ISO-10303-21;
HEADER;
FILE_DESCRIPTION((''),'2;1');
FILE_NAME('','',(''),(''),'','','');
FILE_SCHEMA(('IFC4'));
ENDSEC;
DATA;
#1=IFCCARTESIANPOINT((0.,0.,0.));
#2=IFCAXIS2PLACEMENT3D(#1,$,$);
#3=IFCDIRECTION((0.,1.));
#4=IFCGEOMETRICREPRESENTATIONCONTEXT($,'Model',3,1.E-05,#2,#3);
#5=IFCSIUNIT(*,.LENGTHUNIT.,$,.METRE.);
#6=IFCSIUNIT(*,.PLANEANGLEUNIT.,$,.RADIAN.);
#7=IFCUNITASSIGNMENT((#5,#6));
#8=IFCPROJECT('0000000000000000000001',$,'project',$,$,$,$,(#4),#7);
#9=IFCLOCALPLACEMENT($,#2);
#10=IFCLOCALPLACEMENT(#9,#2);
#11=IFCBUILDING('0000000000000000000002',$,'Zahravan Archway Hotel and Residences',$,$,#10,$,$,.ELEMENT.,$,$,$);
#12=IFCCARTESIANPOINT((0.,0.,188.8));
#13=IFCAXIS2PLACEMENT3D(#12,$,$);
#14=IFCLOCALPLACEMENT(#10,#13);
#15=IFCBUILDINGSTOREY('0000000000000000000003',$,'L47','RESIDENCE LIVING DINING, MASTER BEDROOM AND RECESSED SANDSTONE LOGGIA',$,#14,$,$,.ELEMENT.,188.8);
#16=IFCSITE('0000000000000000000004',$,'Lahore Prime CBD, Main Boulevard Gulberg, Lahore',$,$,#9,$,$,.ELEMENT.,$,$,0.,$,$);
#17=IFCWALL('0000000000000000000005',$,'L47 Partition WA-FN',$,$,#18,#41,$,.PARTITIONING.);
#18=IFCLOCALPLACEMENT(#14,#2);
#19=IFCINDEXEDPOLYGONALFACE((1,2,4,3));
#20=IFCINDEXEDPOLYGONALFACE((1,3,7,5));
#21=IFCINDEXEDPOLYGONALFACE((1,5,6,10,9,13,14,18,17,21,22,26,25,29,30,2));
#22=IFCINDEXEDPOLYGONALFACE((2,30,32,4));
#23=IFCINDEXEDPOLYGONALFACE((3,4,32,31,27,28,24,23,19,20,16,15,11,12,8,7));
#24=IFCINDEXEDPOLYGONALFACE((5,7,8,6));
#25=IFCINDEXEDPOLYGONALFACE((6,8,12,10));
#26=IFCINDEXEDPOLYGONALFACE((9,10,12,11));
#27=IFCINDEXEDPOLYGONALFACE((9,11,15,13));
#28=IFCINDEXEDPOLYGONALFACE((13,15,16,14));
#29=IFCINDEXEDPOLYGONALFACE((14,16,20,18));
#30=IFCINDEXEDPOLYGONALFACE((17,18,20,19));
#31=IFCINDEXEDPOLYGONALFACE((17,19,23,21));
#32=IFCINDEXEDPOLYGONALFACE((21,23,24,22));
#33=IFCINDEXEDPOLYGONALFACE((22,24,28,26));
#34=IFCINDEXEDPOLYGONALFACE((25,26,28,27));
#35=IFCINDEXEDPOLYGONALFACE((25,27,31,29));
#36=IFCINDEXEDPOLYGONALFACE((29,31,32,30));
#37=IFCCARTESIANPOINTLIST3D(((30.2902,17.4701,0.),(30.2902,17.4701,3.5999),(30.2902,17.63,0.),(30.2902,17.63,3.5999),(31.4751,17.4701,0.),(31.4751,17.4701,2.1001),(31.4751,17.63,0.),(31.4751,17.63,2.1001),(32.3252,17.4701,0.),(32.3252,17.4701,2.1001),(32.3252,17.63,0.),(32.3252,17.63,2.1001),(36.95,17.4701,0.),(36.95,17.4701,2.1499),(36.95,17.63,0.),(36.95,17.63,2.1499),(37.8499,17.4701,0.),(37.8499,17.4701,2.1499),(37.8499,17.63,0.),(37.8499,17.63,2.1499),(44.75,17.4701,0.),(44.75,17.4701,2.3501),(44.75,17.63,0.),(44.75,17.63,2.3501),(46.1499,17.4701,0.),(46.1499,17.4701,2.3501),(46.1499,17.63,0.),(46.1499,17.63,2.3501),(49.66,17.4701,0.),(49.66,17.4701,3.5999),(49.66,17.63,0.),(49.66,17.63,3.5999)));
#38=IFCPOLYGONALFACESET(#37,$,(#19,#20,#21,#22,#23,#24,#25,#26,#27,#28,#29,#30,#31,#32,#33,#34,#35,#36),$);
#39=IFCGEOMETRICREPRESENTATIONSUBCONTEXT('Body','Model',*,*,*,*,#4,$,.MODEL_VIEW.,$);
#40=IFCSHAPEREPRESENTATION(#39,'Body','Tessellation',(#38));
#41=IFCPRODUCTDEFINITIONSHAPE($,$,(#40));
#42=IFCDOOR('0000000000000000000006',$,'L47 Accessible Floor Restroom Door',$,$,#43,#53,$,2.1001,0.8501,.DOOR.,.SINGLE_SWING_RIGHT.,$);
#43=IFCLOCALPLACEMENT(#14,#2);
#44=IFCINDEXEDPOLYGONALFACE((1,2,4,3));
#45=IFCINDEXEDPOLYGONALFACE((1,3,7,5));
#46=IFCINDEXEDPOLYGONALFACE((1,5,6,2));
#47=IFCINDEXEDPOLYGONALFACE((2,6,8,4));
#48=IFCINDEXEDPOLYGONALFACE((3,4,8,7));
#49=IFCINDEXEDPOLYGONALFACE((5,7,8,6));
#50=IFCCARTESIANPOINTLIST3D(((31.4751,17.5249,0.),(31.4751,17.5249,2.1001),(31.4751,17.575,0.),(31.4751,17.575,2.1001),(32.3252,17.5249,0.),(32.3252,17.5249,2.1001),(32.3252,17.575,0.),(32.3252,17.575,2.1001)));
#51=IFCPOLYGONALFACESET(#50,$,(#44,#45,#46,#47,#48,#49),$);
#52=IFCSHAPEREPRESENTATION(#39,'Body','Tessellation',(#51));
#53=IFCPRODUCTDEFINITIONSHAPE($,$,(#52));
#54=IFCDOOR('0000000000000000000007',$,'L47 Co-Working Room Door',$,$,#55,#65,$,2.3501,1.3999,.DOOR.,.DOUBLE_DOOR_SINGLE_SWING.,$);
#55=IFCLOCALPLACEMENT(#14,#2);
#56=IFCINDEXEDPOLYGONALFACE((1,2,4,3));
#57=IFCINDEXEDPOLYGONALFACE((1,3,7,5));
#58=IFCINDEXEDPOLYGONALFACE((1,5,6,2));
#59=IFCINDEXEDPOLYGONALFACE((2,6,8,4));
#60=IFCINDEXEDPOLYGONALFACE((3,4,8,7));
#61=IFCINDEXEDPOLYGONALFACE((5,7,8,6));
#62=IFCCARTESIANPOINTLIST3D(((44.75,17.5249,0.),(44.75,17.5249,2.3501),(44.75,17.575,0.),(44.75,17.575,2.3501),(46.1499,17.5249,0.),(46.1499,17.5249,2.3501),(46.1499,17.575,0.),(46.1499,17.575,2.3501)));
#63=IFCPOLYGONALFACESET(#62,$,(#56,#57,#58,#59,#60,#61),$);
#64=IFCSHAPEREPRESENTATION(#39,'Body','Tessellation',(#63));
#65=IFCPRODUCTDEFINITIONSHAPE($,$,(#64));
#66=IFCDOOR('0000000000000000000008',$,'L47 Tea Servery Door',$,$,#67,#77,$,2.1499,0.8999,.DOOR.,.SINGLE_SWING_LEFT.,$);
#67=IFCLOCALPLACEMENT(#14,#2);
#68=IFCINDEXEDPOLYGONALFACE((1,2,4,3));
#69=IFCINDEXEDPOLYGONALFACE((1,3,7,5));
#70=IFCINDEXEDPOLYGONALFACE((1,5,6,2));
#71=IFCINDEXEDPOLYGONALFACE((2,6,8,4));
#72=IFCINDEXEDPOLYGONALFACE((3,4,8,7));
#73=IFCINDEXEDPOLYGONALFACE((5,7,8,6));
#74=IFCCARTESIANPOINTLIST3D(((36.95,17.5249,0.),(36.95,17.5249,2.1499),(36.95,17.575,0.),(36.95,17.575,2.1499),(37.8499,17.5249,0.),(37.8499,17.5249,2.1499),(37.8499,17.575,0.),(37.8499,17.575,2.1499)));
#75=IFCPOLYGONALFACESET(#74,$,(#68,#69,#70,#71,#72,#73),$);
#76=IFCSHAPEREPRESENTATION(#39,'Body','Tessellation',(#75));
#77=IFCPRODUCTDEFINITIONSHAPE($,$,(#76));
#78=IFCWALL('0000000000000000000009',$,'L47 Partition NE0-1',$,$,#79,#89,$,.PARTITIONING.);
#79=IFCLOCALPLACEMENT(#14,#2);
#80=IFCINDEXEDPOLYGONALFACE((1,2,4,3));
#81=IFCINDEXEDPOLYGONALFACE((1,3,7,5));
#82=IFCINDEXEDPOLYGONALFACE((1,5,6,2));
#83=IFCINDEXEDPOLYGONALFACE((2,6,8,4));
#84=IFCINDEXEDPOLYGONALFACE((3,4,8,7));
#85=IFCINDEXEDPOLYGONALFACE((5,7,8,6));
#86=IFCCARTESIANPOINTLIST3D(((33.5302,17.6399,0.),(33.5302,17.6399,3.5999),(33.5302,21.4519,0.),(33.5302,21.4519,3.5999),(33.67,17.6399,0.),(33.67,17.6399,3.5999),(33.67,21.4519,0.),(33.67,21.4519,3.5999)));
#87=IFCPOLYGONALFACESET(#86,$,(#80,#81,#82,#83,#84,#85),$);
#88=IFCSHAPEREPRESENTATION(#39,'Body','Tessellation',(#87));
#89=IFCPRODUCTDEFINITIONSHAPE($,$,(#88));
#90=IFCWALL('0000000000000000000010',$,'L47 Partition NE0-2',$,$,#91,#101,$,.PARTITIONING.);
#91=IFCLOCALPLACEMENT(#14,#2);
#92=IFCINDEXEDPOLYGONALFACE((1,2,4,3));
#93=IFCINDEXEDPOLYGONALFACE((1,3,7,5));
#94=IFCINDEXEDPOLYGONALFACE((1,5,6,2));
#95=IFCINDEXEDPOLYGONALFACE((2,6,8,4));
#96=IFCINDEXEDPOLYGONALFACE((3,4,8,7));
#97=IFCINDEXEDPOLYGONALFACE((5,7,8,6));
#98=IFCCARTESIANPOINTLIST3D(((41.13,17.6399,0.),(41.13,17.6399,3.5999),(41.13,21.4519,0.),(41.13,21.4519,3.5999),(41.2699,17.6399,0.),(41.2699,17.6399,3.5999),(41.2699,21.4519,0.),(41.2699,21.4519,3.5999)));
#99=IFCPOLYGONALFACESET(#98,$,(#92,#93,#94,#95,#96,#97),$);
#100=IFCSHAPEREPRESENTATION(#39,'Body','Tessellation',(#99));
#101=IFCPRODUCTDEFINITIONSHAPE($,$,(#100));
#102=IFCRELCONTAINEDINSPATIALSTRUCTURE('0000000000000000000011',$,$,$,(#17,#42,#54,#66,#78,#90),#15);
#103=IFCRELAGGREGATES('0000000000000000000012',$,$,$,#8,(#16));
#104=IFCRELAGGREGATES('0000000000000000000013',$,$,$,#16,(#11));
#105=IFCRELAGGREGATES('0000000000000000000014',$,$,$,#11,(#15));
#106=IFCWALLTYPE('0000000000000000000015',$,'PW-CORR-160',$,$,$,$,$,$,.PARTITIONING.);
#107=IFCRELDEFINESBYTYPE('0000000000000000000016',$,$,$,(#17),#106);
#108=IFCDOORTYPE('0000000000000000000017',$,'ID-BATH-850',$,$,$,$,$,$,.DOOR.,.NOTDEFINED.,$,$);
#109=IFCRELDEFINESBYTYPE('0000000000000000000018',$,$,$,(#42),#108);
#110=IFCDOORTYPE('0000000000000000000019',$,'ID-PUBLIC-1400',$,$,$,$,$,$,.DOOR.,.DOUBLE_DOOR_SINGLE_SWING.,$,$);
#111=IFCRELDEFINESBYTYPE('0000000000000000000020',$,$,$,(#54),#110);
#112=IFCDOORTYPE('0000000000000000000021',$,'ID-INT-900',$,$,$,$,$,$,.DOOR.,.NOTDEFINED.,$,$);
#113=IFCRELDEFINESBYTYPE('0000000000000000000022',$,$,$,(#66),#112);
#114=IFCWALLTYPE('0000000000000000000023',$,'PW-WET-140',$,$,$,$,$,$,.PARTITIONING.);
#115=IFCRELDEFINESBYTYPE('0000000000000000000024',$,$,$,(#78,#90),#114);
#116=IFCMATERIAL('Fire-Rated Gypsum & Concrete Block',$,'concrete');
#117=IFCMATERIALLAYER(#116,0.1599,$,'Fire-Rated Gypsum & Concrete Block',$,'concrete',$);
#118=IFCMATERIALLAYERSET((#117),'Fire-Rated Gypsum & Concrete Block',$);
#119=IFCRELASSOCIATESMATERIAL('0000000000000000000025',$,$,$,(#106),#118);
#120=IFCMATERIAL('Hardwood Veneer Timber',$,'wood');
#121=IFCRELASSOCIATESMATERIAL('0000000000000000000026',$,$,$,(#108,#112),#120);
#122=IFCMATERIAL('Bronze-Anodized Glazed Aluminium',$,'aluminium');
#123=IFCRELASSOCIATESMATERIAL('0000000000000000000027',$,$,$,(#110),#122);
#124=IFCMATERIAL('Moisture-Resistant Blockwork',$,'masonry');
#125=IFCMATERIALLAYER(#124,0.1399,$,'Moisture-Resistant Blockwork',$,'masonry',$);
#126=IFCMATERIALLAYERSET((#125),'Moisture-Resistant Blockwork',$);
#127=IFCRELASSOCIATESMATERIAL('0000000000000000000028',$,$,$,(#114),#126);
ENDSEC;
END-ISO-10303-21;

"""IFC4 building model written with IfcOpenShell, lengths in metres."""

from ifc_helpers import new_model, si_unit, direction, frame, frame_2d, origin, place, context, subcontext, project, spatial, rectangle, extrude, source, transform, mapped, material, layer, layer_set, type_object, type_shapes, element, fill, save


model = new_model("IFC4")

# Units and contexts
model_context = context("Model", 3, precision=1e-05, world=origin(), true_north=direction((0.0, 1.0)))
body_context = subcontext(model_context, "Body", "Model", "MODEL_VIEW")
ifc_project = project(units=[si_unit("LENGTHUNIT", "METRE"), si_unit("PLANEANGLEUNIT", "RADIAN")], contexts=[model_context])

# Site, building, storey
site_placement = place(None, origin())
site = spatial("IfcSite", under=ifc_project, at=site_placement, Name="Lahore Prime CBD, Main Boulevard Gulberg, Lahore", CompositionType="ELEMENT", RefElevation=0.0)
building_placement = place(site_placement, origin())
building = spatial("IfcBuilding", under=site, at=building_placement, Name="Zahravan Archway Hotel and Residences", CompositionType="ELEMENT")
storey_placement = place(building_placement, frame((0.0, 0.0, 188.8)))
storey = spatial("IfcBuildingStorey", under=building, at=storey_placement, Name="L47", Description="RESIDENCE LIVING DINING, MASTER BEDROOM AND RECESSED SANDSTONE LOGGIA", CompositionType="ELEMENT", Elevation=188.8)

# Shared definitions
ifc_material_1 = material(Name="Bronze-Anodized Glazed Aluminium", Category="aluminium")

# Wall, openings, doors
ifc_material_2 = material(Name="Fire-Rated Gypsum & Concrete Block", Category="concrete")
ifc_layer_1 = layer(ifc_material_2, 0.1599, Name="Fire-Rated Gypsum & Concrete Block", Category="concrete")
ifc_layer_set_1 = layer_set([ifc_layer_1], Name="Fire-Rated Gypsum & Concrete Block")
wall_type_1 = type_object("IfcWallType", Name="PW-CORR-160", PredefinedType="PARTITIONING", material=ifc_layer_set_1)
wall_1_placement = place(storey_placement, frame((30.29, 17.55, 0.0), z_axis=(0.0, 0.0, 1.0), x_axis=(1.0, 0.0, 0.0)))
wall_1 = element("IfcWall", 1, at=wall_1_placement, inside=storey, type_object=wall_type_1, Name="L47 Partition WA-FN", PredefinedType="PARTITIONING", context=body_context, shape_type="SweptSolid", body=[
    extrude(rectangle(XDim=19.3699, YDim=0.1599, at=frame_2d((9.6851, 0.0))), origin(), (0.0, 0.0, 1.0), 3.5999),
])
opening_1_placement = place(wall_1_placement, frame((1.1851, 0.0, 0.0)))
opening_1 = element("IfcOpeningElement", 2, at=opening_1_placement, cuts=wall_1, PredefinedType="OPENING", context=body_context, shape_type="SweptSolid", body=[
    extrude(rectangle(XDim=0.8501, YDim=2.1001, at=frame_2d((0.425, 1.05))), frame((0.0, 0.0898, 0.0), z_axis=(0.0, -1.0, 0.0), x_axis=(1.0, 0.0, 0.0)), (0.0, 0.0, 1.0), 0.1799),
])
opening_2_placement = place(wall_1_placement, frame((6.6599, 0.0, 0.0)))
opening_2 = element("IfcOpeningElement", 3, at=opening_2_placement, cuts=wall_1, PredefinedType="OPENING", context=body_context, shape_type="SweptSolid", body=[
    extrude(rectangle(XDim=0.8999, YDim=2.1499, at=frame_2d((0.45, 1.075))), frame((0.0, 0.0898, 0.0), z_axis=(0.0, -1.0, 0.0), x_axis=(1.0, 0.0, 0.0)), (0.0, 0.0, 1.0), 0.1799),
])
opening_3_placement = place(wall_1_placement, frame((14.46, 0.0, 0.0)))
opening_3 = element("IfcOpeningElement", 4, at=opening_3_placement, cuts=wall_1, PredefinedType="OPENING", context=body_context, shape_type="SweptSolid", body=[
    extrude(rectangle(XDim=1.3999, YDim=2.3501, at=frame_2d((0.7, 1.175))), frame((0.0, 0.0898, 0.0), z_axis=(0.0, -1.0, 0.0), x_axis=(1.0, 0.0, 0.0)), (0.0, 0.0, 1.0), 0.1799),
])
ifc_material_3 = material(Name="Hardwood Veneer Timber", Category="wood")
door_type_1 = type_object("IfcDoorType", Name="ID-BATH-850", OperationType="NOTDEFINED", PredefinedType="DOOR", material=ifc_material_3)
shared_shape_1 = source(origin(), body_context, "Body", "SweptSolid", [
    extrude(rectangle(XDim=0.8501, YDim=2.1001, at=frame_2d((0.425, 1.05))), frame((0.0, 0.0249, 0.0), z_axis=(0.0, -1.0, 0.0), x_axis=(1.0, 0.0, 0.0)), (0.0, 0.0, 1.0), 0.05),
])
type_shapes(door_type_1, [shared_shape_1])
door_1_placement = place(opening_1_placement, origin())
door_1 = element("IfcDoor", 5, at=door_1_placement, inside=storey, type_object=door_type_1, Name="L47 Accessible Floor Restroom Door", OperationType="SINGLE_SWING_RIGHT", OverallHeight=2.1001, OverallWidth=0.8501, PredefinedType="DOOR", context=body_context, shape_type="MappedRepresentation", body=[
    mapped(shared_shape_1, transform((0.0, 0.0, 0.0), scale=1.0)),
])
fill(opening_1, door_1)
door_type_2 = type_object("IfcDoorType", Name="ID-PUBLIC-1400", OperationType="DOUBLE_DOOR_SINGLE_SWING", PredefinedType="DOOR", material=ifc_material_1)
shared_shape_2 = source(origin(), body_context, "Body", "SweptSolid", [
    extrude(rectangle(XDim=1.3999, YDim=2.3501, at=frame_2d((0.7, 1.175))), frame((0.0, 0.0249, 0.0), z_axis=(0.0, -1.0, 0.0), x_axis=(1.0, 0.0, 0.0)), (0.0, 0.0, 1.0), 0.05),
])
type_shapes(door_type_2, [shared_shape_2])
door_2_placement = place(opening_3_placement, origin())
door_2 = element("IfcDoor", 6, at=door_2_placement, inside=storey, type_object=door_type_2, Name="L47 Co-Working Room Door", OperationType="DOUBLE_DOOR_SINGLE_SWING", OverallHeight=2.3501, OverallWidth=1.3999, PredefinedType="DOOR", context=body_context, shape_type="MappedRepresentation", body=[
    mapped(shared_shape_2, transform((0.0, 0.0, 0.0), scale=1.0)),
])
fill(opening_3, door_2)
door_type_3 = type_object("IfcDoorType", Name="ID-INT-900", OperationType="NOTDEFINED", PredefinedType="DOOR", material=ifc_material_3)
shared_shape_3 = source(origin(), body_context, "Body", "SweptSolid", [
    extrude(rectangle(XDim=0.8999, YDim=2.1499, at=frame_2d((0.45, 1.075))), frame((0.0, 0.0249, 0.0), z_axis=(0.0, -1.0, 0.0), x_axis=(1.0, 0.0, 0.0)), (0.0, 0.0, 1.0), 0.05),
])
type_shapes(door_type_3, [shared_shape_3])
door_3_placement = place(opening_2_placement, origin())
door_3 = element("IfcDoor", 7, at=door_3_placement, inside=storey, type_object=door_type_3, Name="L47 Tea Servery Door", OperationType="SINGLE_SWING_LEFT", OverallHeight=2.1499, OverallWidth=0.8999, PredefinedType="DOOR", context=body_context, shape_type="MappedRepresentation", body=[
    mapped(shared_shape_3, transform((0.0, 0.0, 0.0), scale=1.0)),
])
fill(opening_2, door_3)

# Walls
ifc_material_4 = material(Name="Moisture-Resistant Blockwork", Category="masonry")
ifc_layer_2 = layer(ifc_material_4, 0.1399, Name="Moisture-Resistant Blockwork", Category="masonry")
ifc_layer_set_2 = layer_set([ifc_layer_2], Name="Moisture-Resistant Blockwork")
wall_type_2 = type_object("IfcWallType", Name="PW-WET-140", PredefinedType="PARTITIONING", material=ifc_layer_set_2)
for number, where, z_axis, x_axis, name in (
    (8, (33.6001, 17.6399, 0.0), (0.0, 0.0, 1.0), (0.0, 1.0, 0.0), "L47 Partition NE0-1"),
    (9, (41.2, 17.6399, 0.0), (0.0, 0.0, 1.0), (0.0, 1.0, 0.0), "L47 Partition NE0-2"),
):
    element("IfcWall", number, at=place(storey_placement, frame(where, z_axis=z_axis, x_axis=x_axis)), inside=storey, type_object=wall_type_2, Name=name, PredefinedType="PARTITIONING", context=body_context, shape_type="SweptSolid", body=[
        extrude(rectangle(XDim=3.812, YDim=0.1399, at=frame_2d((1.906, 0.0))), origin(), (0.0, 0.0, 1.0), 3.5999),
    ])

save(model, "model.ifc")
